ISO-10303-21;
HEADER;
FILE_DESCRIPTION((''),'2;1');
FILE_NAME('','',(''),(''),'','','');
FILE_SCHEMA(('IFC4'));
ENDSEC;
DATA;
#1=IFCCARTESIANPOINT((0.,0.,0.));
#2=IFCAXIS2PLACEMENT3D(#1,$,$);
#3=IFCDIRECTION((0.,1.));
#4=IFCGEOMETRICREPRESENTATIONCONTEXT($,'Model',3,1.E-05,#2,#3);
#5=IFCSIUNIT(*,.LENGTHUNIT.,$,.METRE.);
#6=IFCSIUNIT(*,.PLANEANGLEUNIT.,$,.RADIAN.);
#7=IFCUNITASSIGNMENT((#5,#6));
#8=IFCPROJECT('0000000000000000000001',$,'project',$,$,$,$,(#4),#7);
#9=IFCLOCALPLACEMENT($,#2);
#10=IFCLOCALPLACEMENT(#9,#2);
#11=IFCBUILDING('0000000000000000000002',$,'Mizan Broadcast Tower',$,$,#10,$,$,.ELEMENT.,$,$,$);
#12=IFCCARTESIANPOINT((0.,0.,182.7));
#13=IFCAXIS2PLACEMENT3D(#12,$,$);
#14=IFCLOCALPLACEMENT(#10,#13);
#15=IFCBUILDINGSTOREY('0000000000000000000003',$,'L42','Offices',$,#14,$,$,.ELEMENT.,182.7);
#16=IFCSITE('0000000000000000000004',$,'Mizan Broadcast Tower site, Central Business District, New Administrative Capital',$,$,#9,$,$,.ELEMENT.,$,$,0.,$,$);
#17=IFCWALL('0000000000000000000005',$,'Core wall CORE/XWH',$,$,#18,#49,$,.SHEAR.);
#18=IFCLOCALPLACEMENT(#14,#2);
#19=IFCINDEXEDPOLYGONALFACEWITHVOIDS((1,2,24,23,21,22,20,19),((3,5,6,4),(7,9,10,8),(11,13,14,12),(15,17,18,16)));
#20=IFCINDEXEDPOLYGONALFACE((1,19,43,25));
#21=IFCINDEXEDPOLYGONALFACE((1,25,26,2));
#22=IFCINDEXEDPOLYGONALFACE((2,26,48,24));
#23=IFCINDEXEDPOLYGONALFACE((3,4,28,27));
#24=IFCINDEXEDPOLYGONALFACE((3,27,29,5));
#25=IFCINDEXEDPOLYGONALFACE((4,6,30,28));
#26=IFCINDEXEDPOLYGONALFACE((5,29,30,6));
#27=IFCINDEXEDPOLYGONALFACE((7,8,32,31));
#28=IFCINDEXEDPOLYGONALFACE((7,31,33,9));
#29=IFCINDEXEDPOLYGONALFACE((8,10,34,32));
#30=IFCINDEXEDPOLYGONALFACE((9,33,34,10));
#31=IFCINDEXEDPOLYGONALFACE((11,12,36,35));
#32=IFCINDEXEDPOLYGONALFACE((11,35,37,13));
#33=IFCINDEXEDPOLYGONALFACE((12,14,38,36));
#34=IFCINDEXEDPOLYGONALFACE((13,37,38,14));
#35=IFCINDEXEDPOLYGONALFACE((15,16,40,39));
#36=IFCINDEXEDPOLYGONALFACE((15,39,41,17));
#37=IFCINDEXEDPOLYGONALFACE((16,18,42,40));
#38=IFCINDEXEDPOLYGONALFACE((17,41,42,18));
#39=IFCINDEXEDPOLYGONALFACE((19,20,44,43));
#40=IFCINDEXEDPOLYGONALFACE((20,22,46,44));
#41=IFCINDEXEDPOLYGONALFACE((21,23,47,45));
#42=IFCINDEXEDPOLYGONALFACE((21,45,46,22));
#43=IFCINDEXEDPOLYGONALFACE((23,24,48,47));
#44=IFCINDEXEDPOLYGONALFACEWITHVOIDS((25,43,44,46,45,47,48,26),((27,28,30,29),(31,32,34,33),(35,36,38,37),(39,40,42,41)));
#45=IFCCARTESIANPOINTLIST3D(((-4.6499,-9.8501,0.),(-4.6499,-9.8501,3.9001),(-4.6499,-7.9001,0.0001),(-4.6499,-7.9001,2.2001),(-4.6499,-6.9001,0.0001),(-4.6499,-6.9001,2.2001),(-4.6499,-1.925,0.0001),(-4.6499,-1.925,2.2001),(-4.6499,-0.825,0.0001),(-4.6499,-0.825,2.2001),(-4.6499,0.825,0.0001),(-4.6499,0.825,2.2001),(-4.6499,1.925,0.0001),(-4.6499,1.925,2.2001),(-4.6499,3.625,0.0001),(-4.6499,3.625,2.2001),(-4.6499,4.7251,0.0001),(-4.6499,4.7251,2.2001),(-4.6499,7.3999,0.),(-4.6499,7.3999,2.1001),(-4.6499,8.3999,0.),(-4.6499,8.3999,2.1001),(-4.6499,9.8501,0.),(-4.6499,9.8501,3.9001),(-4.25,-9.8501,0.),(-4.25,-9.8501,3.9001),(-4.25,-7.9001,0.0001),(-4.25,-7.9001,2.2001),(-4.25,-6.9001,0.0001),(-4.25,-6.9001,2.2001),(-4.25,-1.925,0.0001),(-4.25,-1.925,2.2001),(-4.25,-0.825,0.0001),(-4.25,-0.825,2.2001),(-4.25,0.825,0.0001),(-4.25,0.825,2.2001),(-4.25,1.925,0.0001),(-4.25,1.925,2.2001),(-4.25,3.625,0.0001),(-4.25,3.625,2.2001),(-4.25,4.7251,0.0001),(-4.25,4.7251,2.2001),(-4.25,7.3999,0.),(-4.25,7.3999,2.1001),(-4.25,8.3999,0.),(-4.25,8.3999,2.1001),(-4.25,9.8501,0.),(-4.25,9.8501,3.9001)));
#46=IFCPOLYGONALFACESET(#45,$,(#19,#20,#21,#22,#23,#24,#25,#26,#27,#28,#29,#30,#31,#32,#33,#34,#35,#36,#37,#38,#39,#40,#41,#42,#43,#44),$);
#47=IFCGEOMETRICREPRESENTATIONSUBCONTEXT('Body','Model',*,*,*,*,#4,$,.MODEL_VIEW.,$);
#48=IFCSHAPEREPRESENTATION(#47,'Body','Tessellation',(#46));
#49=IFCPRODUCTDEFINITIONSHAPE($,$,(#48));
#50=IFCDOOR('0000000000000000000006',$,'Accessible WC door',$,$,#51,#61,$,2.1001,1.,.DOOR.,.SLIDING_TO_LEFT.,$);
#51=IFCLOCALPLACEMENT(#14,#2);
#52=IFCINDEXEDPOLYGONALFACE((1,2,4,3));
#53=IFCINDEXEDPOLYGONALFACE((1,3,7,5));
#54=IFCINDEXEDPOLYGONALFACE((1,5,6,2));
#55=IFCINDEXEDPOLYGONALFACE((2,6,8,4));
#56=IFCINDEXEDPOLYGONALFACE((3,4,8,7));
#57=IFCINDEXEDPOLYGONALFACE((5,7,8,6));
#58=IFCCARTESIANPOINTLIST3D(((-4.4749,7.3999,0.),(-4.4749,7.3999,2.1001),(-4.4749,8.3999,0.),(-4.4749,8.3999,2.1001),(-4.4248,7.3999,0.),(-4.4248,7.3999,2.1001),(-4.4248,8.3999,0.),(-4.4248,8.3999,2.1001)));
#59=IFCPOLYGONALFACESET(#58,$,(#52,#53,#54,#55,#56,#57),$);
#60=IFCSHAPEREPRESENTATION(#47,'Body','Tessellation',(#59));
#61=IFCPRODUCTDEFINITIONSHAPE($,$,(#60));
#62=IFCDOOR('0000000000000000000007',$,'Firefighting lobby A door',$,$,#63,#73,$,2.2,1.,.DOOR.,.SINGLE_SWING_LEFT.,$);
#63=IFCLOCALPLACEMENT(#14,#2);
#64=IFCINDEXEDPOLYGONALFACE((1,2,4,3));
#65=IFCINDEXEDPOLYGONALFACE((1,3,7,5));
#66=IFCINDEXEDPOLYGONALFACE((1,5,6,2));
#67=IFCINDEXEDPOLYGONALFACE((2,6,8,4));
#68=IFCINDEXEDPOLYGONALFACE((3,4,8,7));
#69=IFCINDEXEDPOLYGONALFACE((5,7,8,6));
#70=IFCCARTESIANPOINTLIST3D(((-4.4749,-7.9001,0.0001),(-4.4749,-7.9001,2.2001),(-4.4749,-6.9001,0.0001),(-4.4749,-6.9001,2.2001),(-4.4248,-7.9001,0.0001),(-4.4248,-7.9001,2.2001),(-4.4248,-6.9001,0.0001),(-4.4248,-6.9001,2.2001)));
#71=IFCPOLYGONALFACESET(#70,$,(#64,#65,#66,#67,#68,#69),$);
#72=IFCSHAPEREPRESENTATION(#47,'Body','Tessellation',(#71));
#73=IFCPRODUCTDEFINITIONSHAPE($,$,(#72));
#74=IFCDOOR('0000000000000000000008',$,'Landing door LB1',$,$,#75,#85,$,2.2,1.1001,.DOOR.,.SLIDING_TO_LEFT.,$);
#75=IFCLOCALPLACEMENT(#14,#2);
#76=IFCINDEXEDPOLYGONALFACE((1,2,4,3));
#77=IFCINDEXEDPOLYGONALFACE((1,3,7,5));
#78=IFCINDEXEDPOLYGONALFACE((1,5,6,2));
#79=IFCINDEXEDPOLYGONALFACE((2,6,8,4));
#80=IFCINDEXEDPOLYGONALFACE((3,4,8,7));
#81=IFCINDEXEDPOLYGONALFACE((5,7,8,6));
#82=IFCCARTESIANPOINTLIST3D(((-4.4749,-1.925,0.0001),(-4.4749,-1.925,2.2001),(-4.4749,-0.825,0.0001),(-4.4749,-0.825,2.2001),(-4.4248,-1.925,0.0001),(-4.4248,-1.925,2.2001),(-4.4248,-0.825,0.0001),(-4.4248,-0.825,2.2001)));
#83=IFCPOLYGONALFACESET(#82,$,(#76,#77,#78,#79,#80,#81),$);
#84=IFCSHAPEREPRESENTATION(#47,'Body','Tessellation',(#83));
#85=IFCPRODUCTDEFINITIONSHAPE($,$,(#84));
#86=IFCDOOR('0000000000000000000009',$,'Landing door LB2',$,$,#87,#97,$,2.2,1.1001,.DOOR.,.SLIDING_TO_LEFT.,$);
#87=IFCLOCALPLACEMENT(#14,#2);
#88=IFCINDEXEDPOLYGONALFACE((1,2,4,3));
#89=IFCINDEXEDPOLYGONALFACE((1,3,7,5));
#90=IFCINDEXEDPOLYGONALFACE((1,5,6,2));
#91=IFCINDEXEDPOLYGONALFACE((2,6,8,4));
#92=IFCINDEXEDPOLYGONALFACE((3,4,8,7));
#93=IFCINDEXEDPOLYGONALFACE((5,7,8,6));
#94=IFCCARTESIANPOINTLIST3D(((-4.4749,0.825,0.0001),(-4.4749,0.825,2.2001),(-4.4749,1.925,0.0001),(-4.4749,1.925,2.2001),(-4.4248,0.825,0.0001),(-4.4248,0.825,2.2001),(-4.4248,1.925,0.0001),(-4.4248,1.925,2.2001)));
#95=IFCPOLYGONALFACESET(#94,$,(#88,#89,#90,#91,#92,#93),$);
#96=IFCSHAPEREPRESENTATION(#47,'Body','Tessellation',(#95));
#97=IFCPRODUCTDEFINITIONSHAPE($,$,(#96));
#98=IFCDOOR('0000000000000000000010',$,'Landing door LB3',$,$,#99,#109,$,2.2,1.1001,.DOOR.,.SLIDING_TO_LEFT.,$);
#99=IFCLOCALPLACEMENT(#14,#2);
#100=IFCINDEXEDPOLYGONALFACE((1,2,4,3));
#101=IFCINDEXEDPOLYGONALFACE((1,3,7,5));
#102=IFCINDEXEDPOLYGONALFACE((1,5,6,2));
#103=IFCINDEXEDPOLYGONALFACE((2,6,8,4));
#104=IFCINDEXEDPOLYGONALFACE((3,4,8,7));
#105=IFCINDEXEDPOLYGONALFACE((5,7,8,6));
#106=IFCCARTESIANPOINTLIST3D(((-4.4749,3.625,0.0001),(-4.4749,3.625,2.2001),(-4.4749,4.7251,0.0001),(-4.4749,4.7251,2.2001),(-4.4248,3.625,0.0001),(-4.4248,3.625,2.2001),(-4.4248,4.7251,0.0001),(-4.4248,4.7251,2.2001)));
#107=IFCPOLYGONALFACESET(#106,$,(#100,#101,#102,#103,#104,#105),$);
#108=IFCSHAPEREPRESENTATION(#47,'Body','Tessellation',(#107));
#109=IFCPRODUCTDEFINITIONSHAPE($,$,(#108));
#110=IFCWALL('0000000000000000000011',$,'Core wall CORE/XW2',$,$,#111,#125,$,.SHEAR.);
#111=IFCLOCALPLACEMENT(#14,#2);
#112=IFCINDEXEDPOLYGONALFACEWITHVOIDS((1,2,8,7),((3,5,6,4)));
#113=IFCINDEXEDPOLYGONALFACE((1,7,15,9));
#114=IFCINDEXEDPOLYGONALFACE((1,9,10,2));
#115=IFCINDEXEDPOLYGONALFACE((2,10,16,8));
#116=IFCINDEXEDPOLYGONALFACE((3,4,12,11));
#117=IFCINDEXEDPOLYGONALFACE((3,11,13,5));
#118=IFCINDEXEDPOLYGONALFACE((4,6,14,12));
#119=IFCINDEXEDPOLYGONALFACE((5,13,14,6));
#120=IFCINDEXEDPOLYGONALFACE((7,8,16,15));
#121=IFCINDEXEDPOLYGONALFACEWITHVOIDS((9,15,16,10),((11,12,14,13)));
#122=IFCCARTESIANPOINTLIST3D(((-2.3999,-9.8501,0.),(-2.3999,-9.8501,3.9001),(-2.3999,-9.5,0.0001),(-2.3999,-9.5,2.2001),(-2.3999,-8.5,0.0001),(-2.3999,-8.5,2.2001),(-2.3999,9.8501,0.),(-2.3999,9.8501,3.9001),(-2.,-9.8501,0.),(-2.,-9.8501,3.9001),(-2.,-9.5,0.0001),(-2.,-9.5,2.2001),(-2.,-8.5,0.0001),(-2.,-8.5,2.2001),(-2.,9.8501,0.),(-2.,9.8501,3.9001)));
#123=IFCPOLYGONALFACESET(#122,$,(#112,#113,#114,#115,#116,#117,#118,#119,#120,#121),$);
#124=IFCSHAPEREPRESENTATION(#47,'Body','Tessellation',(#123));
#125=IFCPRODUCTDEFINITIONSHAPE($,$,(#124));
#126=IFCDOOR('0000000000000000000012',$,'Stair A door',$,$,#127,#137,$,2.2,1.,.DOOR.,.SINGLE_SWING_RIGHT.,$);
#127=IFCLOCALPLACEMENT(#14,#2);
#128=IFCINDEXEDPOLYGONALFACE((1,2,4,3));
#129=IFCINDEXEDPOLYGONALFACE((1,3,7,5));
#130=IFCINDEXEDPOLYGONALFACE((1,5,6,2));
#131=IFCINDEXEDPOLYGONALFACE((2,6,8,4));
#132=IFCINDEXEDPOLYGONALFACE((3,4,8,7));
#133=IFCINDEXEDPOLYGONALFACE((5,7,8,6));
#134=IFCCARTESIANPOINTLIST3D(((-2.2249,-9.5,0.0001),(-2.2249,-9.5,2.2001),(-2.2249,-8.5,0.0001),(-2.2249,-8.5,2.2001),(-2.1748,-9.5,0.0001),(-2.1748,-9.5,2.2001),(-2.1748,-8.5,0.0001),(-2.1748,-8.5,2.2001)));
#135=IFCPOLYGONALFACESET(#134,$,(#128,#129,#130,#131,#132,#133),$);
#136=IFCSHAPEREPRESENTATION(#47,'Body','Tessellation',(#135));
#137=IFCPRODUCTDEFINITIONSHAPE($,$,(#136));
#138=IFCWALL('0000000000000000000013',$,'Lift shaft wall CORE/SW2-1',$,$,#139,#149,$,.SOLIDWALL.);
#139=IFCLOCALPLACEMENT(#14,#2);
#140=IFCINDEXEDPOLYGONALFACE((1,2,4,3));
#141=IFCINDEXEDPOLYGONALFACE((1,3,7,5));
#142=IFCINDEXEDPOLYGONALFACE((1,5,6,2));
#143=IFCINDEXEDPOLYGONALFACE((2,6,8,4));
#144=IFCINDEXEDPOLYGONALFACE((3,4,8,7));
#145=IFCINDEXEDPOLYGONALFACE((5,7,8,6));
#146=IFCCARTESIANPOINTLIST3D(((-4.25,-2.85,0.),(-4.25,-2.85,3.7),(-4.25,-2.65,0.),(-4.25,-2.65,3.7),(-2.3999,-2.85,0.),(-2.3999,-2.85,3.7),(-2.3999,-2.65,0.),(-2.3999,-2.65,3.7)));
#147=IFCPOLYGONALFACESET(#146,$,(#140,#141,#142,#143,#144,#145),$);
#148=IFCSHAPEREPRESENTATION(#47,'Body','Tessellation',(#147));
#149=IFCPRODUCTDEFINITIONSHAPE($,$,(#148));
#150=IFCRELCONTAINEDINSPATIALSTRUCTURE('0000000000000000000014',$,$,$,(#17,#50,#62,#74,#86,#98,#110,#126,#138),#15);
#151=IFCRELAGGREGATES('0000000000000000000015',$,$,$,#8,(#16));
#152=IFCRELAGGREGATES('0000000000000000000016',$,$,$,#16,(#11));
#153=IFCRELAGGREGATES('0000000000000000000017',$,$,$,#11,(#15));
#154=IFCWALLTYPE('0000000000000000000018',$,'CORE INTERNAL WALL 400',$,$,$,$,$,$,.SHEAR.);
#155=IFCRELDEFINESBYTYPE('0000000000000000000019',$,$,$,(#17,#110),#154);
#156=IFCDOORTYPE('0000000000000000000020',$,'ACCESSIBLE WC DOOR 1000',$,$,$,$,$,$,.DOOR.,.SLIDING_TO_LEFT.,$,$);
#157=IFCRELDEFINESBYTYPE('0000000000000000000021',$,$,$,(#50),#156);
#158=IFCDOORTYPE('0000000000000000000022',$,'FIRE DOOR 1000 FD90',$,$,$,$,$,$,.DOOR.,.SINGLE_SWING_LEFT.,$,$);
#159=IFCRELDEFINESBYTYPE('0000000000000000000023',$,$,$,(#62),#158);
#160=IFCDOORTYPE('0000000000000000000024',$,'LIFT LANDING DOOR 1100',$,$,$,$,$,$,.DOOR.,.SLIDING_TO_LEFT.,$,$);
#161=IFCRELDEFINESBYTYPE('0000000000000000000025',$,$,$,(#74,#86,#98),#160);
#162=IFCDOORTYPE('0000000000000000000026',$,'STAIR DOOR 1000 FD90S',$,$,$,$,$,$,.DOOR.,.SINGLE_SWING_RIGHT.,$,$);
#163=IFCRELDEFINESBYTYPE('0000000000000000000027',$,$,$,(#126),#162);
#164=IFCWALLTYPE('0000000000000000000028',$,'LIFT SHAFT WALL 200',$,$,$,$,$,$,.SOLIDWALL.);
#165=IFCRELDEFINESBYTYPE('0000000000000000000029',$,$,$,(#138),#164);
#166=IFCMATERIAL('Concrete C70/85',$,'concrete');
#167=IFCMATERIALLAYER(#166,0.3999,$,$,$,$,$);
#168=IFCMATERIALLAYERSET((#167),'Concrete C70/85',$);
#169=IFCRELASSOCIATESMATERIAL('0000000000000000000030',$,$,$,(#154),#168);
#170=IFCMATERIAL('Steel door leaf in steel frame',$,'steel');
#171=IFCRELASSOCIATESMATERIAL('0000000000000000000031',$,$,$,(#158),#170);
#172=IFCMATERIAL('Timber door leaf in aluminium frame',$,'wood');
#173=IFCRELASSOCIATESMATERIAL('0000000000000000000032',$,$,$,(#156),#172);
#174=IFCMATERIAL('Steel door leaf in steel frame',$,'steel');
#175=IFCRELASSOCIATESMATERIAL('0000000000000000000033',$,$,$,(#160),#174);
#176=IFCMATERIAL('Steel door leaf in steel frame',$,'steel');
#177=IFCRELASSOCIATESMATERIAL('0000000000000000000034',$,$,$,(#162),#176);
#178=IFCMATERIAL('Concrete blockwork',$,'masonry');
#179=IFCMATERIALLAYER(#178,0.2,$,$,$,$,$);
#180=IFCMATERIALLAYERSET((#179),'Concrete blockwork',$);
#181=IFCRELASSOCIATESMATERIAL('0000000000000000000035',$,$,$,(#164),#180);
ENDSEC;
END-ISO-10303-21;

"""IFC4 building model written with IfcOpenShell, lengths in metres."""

from ifc_helpers import new_model, si_unit, direction, frame, frame_2d, origin, place, context, subcontext, project, spatial, rectangle, extrude, material, layer, layer_set, type_object, element, fill, save


model = new_model("IFC4")

# Units and contexts
model_context = context("Model", 3, precision=1e-05, world=origin(), true_north=direction((0.0, 1.0)))
body_context = subcontext(model_context, "Body", "Model", "MODEL_VIEW")
ifc_project = project(units=[si_unit("LENGTHUNIT", "METRE"), si_unit("PLANEANGLEUNIT", "RADIAN")], contexts=[model_context])

# Site, building, storey
site_placement = place(None, origin())
site = spatial("IfcSite", under=ifc_project, at=site_placement, Name="Mizan Broadcast Tower site, Central Business District, New Administrative Capital", CompositionType="ELEMENT", RefElevation=0.0)
building_placement = place(site_placement, origin())
building = spatial("IfcBuilding", under=site, at=building_placement, Name="Mizan Broadcast Tower", CompositionType="ELEMENT")
storey_placement = place(building_placement, frame((0.0, 0.0, 182.7)))
storey = spatial("IfcBuildingStorey", under=building, at=storey_placement, Name="L42", Description="Offices", CompositionType="ELEMENT", Elevation=182.7)

# Wall, openings, doors
ifc_material_1 = material(Name="Concrete C70/85", Category="concrete")
ifc_layer_1 = layer(ifc_material_1, 0.3999)
ifc_layer_set_1 = layer_set([ifc_layer_1], Name="Concrete C70/85")
wall_type_1 = type_object("IfcWallType", Name="CORE INTERNAL WALL 400", PredefinedType="SHEAR", material=ifc_layer_set_1)
ifc_material_2 = material(Name="Steel door leaf in steel frame", Category="steel")
door_type_1 = type_object("IfcDoorType", Name="FIRE DOOR 1000 FD90", OperationType="SINGLE_SWING_LEFT", PredefinedType="DOOR", material=ifc_material_2)
wall_1_placement = place(storey_placement, frame((-4.45, -9.8501, 0.0), z_axis=(0.0, 0.0, 1.0), x_axis=(0.0, 1.0, 0.0)))
wall_1 = element("IfcWall", 1, at=wall_1_placement, inside=storey, type_object=wall_type_1, Name="Core wall CORE/XWH", PredefinedType="SHEAR", context=body_context, shape_type="SweptSolid", body=[
    extrude(rectangle(XDim=19.7002, YDim=0.3999, at=frame_2d((9.8501, 0.0))), origin(), (0.0, 0.0, 1.0), 3.9001),
])
opening_1_placement = place(wall_1_placement, frame((1.95, 0.0, 0.0)))
opening_1 = element("IfcOpeningElement", 2, at=opening_1_placement, cuts=wall_1, PredefinedType="OPENING", context=body_context, shape_type="SweptSolid", body=[
    extrude(rectangle(XDim=1.0, YDim=2.2, at=frame_2d((0.5, 1.1001))), frame((0.0, 0.21, 0.0), z_axis=(0.0, -1.0, 0.0), x_axis=(1.0, 0.0, 0.0)), (0.0, 0.0, 1.0), 0.4199),
])
opening_2_placement = place(wall_1_placement, frame((17.25, 0.0, 0.0)))
opening_2 = element("IfcOpeningElement", 3, at=opening_2_placement, cuts=wall_1, PredefinedType="OPENING", context=body_context, shape_type="SweptSolid", body=[
    extrude(rectangle(XDim=1.0, YDim=2.1001, at=frame_2d((0.5, 1.05))), frame((0.0, 0.21, 0.0), z_axis=(0.0, -1.0, 0.0), x_axis=(1.0, 0.0, 0.0)), (0.0, 0.0, 1.0), 0.4199),
])
opening_3_placement = place(wall_1_placement, frame((7.925, 0.0, 0.0)))
opening_3 = element("IfcOpeningElement", 4, at=opening_3_placement, cuts=wall_1, PredefinedType="OPENING", context=body_context, shape_type="SweptSolid", body=[
    extrude(rectangle(XDim=1.1001, YDim=2.2, at=frame_2d((0.55, 1.1001))), frame((0.0, 0.21, 0.0), z_axis=(0.0, -1.0, 0.0), x_axis=(1.0, 0.0, 0.0)), (0.0, 0.0, 1.0), 0.4199),
])
opening_4_placement = place(wall_1_placement, frame((10.675, 0.0, 0.0)))
opening_4 = element("IfcOpeningElement", 5, at=opening_4_placement, cuts=wall_1, PredefinedType="OPENING", context=body_context, shape_type="SweptSolid", body=[
    extrude(rectangle(XDim=1.1001, YDim=2.2, at=frame_2d((0.55, 1.1001))), frame((0.0, 0.21, 0.0), z_axis=(0.0, -1.0, 0.0), x_axis=(1.0, 0.0, 0.0)), (0.0, 0.0, 1.0), 0.4199),
])
opening_5_placement = place(wall_1_placement, frame((13.4751, 0.0, 0.0)))
opening_5 = element("IfcOpeningElement", 6, at=opening_5_placement, cuts=wall_1, PredefinedType="OPENING", context=body_context, shape_type="SweptSolid", body=[
    extrude(rectangle(XDim=1.1001, YDim=2.2, at=frame_2d((0.55, 1.1001))), frame((0.0, 0.21, 0.0), z_axis=(0.0, -1.0, 0.0), x_axis=(1.0, 0.0, 0.0)), (0.0, 0.0, 1.0), 0.4199),
])
ifc_material_3 = material(Name="Timber door leaf in aluminium frame", Category="wood")
door_type_2 = type_object("IfcDoorType", Name="ACCESSIBLE WC DOOR 1000", OperationType="SLIDING_TO_LEFT", PredefinedType="DOOR", material=ifc_material_3)
door_1_placement = place(opening_2_placement, origin())
door_1 = element("IfcDoor", 7, at=door_1_placement, inside=storey, type_object=door_type_2, Name="Accessible WC door", OperationType="SLIDING_TO_LEFT", OverallHeight=2.1001, OverallWidth=1.0, PredefinedType="DOOR", context=body_context, shape_type="SweptSolid", body=[
    extrude(rectangle(XDim=1.0, YDim=2.1001, at=frame_2d((0.5, 1.05))), frame((0.0, 0.0249, 0.0), z_axis=(0.0, -1.0, 0.0), x_axis=(1.0, 0.0, 0.0)), (0.0, 0.0, 1.0), 0.05),
])
fill(opening_2, door_1)
door_2_placement = place(opening_1_placement, origin())
door_2 = element("IfcDoor", 8, at=door_2_placement, inside=storey, type_object=door_type_1, Name="Firefighting lobby A door", OperationType="SINGLE_SWING_LEFT", OverallHeight=2.2, OverallWidth=1.0, PredefinedType="DOOR", context=body_context, shape_type="SweptSolid", body=[
    extrude(rectangle(XDim=1.0, YDim=2.2, at=frame_2d((0.5, 1.1001))), frame((0.0, 0.0249, 0.0), z_axis=(0.0, -1.0, 0.0), x_axis=(1.0, 0.0, 0.0)), (0.0, 0.0, 1.0), 0.05),
])
fill(opening_1, door_2)
ifc_material_4 = material(Name="Steel door leaf in steel frame", Category="steel")
door_type_3 = type_object("IfcDoorType", Name="LIFT LANDING DOOR 1100", OperationType="SLIDING_TO_LEFT", PredefinedType="DOOR", material=ifc_material_4)
door_3_placement = place(opening_3_placement, origin())
door_3 = element("IfcDoor", 9, at=door_3_placement, inside=storey, type_object=door_type_3, Name="Landing door LB1", OperationType="SLIDING_TO_LEFT", OverallHeight=2.2, OverallWidth=1.1001, PredefinedType="DOOR", context=body_context, shape_type="SweptSolid", body=[
    extrude(rectangle(XDim=1.1001, YDim=2.2, at=frame_2d((0.55, 1.1001))), frame((0.0, 0.0249, 0.0), z_axis=(0.0, -1.0, 0.0), x_axis=(1.0, 0.0, 0.0)), (0.0, 0.0, 1.0), 0.05),
])
fill(opening_3, door_3)
door_4_placement = place(opening_4_placement, origin())
door_4 = element("IfcDoor", 10, at=door_4_placement, inside=storey, type_object=door_type_3, Name="Landing door LB2", OperationType="SLIDING_TO_LEFT", OverallHeight=2.2, OverallWidth=1.1001, PredefinedType="DOOR", context=body_context, shape_type="SweptSolid", body=[
    extrude(rectangle(XDim=1.1001, YDim=2.2, at=frame_2d((0.55, 1.1001))), frame((0.0, 0.0249, 0.0), z_axis=(0.0, -1.0, 0.0), x_axis=(1.0, 0.0, 0.0)), (0.0, 0.0, 1.0), 0.05),
])
fill(opening_4, door_4)
door_5_placement = place(opening_5_placement, origin())
door_5 = element("IfcDoor", 11, at=door_5_placement, inside=storey, type_object=door_type_3, Name="Landing door LB3", OperationType="SLIDING_TO_LEFT", OverallHeight=2.2, OverallWidth=1.1001, PredefinedType="DOOR", context=body_context, shape_type="SweptSolid", body=[
    extrude(rectangle(XDim=1.1001, YDim=2.2, at=frame_2d((0.55, 1.1001))), frame((0.0, 0.0249, 0.0), z_axis=(0.0, -1.0, 0.0), x_axis=(1.0, 0.0, 0.0)), (0.0, 0.0, 1.0), 0.05),
])
fill(opening_5, door_5)

# Wall, opening, door
wall_2_placement = place(storey_placement, frame((-2.2, -9.8501, 0.0), z_axis=(0.0, 0.0, 1.0), x_axis=(0.0, 1.0, 0.0)))
wall_2 = element("IfcWall", 12, at=wall_2_placement, inside=storey, type_object=wall_type_1, Name="Core wall CORE/XW2", PredefinedType="SHEAR", context=body_context, shape_type="SweptSolid", body=[
    extrude(rectangle(XDim=19.7002, YDim=0.3999, at=frame_2d((9.8501, 0.0))), origin(), (0.0, 0.0, 1.0), 3.9001),
])
opening_6_placement = place(wall_2_placement, frame((0.3501, 0.0, 0.0)))
opening_6 = element("IfcOpeningElement", 13, at=opening_6_placement, cuts=wall_2, PredefinedType="OPENING", context=body_context, shape_type="SweptSolid", body=[
    extrude(rectangle(XDim=1.0, YDim=2.2, at=frame_2d((0.5, 1.1001))), frame((0.0, 0.21, 0.0), z_axis=(0.0, -1.0, 0.0), x_axis=(1.0, 0.0, 0.0)), (0.0, 0.0, 1.0), 0.4199),
])
ifc_material_5 = material(Name="Steel door leaf in steel frame", Category="steel")
door_type_4 = type_object("IfcDoorType", Name="STAIR DOOR 1000 FD90S", OperationType="SINGLE_SWING_RIGHT", PredefinedType="DOOR", material=ifc_material_5)
door_6_placement = place(opening_6_placement, origin())
door_6 = element("IfcDoor", 14, at=door_6_placement, inside=storey, type_object=door_type_4, Name="Stair A door", OperationType="SINGLE_SWING_RIGHT", OverallHeight=2.2, OverallWidth=1.0, PredefinedType="DOOR", context=body_context, shape_type="SweptSolid", body=[
    extrude(rectangle(XDim=1.0, YDim=2.2, at=frame_2d((0.5, 1.1001))), frame((0.0, 0.0249, 0.0), z_axis=(0.0, -1.0, 0.0), x_axis=(1.0, 0.0, 0.0)), (0.0, 0.0, 1.0), 0.05),
])
fill(opening_6, door_6)

# Wall
ifc_material_6 = material(Name="Concrete blockwork", Category="masonry")
ifc_layer_2 = layer(ifc_material_6, 0.2)
ifc_layer_set_2 = layer_set([ifc_layer_2], Name="Concrete blockwork")
wall_type_2 = type_object("IfcWallType", Name="LIFT SHAFT WALL 200", PredefinedType="SOLIDWALL", material=ifc_layer_set_2)
wall_3_placement = place(storey_placement, frame((-4.25, -2.75, 0.0), z_axis=(0.0, 0.0, 1.0), x_axis=(1.0, 0.0, 0.0)))
element("IfcWall", 15, at=wall_3_placement, inside=storey, type_object=wall_type_2, Name="Lift shaft wall CORE/SW2-1", PredefinedType="SOLIDWALL", context=body_context, shape_type="SweptSolid", body=[
    extrude(rectangle(XDim=1.8501, YDim=0.2, at=frame_2d((0.925, 0.0))), origin(), (0.0, 0.0, 1.0), 3.7),
])

save(model, "model.ifc")
